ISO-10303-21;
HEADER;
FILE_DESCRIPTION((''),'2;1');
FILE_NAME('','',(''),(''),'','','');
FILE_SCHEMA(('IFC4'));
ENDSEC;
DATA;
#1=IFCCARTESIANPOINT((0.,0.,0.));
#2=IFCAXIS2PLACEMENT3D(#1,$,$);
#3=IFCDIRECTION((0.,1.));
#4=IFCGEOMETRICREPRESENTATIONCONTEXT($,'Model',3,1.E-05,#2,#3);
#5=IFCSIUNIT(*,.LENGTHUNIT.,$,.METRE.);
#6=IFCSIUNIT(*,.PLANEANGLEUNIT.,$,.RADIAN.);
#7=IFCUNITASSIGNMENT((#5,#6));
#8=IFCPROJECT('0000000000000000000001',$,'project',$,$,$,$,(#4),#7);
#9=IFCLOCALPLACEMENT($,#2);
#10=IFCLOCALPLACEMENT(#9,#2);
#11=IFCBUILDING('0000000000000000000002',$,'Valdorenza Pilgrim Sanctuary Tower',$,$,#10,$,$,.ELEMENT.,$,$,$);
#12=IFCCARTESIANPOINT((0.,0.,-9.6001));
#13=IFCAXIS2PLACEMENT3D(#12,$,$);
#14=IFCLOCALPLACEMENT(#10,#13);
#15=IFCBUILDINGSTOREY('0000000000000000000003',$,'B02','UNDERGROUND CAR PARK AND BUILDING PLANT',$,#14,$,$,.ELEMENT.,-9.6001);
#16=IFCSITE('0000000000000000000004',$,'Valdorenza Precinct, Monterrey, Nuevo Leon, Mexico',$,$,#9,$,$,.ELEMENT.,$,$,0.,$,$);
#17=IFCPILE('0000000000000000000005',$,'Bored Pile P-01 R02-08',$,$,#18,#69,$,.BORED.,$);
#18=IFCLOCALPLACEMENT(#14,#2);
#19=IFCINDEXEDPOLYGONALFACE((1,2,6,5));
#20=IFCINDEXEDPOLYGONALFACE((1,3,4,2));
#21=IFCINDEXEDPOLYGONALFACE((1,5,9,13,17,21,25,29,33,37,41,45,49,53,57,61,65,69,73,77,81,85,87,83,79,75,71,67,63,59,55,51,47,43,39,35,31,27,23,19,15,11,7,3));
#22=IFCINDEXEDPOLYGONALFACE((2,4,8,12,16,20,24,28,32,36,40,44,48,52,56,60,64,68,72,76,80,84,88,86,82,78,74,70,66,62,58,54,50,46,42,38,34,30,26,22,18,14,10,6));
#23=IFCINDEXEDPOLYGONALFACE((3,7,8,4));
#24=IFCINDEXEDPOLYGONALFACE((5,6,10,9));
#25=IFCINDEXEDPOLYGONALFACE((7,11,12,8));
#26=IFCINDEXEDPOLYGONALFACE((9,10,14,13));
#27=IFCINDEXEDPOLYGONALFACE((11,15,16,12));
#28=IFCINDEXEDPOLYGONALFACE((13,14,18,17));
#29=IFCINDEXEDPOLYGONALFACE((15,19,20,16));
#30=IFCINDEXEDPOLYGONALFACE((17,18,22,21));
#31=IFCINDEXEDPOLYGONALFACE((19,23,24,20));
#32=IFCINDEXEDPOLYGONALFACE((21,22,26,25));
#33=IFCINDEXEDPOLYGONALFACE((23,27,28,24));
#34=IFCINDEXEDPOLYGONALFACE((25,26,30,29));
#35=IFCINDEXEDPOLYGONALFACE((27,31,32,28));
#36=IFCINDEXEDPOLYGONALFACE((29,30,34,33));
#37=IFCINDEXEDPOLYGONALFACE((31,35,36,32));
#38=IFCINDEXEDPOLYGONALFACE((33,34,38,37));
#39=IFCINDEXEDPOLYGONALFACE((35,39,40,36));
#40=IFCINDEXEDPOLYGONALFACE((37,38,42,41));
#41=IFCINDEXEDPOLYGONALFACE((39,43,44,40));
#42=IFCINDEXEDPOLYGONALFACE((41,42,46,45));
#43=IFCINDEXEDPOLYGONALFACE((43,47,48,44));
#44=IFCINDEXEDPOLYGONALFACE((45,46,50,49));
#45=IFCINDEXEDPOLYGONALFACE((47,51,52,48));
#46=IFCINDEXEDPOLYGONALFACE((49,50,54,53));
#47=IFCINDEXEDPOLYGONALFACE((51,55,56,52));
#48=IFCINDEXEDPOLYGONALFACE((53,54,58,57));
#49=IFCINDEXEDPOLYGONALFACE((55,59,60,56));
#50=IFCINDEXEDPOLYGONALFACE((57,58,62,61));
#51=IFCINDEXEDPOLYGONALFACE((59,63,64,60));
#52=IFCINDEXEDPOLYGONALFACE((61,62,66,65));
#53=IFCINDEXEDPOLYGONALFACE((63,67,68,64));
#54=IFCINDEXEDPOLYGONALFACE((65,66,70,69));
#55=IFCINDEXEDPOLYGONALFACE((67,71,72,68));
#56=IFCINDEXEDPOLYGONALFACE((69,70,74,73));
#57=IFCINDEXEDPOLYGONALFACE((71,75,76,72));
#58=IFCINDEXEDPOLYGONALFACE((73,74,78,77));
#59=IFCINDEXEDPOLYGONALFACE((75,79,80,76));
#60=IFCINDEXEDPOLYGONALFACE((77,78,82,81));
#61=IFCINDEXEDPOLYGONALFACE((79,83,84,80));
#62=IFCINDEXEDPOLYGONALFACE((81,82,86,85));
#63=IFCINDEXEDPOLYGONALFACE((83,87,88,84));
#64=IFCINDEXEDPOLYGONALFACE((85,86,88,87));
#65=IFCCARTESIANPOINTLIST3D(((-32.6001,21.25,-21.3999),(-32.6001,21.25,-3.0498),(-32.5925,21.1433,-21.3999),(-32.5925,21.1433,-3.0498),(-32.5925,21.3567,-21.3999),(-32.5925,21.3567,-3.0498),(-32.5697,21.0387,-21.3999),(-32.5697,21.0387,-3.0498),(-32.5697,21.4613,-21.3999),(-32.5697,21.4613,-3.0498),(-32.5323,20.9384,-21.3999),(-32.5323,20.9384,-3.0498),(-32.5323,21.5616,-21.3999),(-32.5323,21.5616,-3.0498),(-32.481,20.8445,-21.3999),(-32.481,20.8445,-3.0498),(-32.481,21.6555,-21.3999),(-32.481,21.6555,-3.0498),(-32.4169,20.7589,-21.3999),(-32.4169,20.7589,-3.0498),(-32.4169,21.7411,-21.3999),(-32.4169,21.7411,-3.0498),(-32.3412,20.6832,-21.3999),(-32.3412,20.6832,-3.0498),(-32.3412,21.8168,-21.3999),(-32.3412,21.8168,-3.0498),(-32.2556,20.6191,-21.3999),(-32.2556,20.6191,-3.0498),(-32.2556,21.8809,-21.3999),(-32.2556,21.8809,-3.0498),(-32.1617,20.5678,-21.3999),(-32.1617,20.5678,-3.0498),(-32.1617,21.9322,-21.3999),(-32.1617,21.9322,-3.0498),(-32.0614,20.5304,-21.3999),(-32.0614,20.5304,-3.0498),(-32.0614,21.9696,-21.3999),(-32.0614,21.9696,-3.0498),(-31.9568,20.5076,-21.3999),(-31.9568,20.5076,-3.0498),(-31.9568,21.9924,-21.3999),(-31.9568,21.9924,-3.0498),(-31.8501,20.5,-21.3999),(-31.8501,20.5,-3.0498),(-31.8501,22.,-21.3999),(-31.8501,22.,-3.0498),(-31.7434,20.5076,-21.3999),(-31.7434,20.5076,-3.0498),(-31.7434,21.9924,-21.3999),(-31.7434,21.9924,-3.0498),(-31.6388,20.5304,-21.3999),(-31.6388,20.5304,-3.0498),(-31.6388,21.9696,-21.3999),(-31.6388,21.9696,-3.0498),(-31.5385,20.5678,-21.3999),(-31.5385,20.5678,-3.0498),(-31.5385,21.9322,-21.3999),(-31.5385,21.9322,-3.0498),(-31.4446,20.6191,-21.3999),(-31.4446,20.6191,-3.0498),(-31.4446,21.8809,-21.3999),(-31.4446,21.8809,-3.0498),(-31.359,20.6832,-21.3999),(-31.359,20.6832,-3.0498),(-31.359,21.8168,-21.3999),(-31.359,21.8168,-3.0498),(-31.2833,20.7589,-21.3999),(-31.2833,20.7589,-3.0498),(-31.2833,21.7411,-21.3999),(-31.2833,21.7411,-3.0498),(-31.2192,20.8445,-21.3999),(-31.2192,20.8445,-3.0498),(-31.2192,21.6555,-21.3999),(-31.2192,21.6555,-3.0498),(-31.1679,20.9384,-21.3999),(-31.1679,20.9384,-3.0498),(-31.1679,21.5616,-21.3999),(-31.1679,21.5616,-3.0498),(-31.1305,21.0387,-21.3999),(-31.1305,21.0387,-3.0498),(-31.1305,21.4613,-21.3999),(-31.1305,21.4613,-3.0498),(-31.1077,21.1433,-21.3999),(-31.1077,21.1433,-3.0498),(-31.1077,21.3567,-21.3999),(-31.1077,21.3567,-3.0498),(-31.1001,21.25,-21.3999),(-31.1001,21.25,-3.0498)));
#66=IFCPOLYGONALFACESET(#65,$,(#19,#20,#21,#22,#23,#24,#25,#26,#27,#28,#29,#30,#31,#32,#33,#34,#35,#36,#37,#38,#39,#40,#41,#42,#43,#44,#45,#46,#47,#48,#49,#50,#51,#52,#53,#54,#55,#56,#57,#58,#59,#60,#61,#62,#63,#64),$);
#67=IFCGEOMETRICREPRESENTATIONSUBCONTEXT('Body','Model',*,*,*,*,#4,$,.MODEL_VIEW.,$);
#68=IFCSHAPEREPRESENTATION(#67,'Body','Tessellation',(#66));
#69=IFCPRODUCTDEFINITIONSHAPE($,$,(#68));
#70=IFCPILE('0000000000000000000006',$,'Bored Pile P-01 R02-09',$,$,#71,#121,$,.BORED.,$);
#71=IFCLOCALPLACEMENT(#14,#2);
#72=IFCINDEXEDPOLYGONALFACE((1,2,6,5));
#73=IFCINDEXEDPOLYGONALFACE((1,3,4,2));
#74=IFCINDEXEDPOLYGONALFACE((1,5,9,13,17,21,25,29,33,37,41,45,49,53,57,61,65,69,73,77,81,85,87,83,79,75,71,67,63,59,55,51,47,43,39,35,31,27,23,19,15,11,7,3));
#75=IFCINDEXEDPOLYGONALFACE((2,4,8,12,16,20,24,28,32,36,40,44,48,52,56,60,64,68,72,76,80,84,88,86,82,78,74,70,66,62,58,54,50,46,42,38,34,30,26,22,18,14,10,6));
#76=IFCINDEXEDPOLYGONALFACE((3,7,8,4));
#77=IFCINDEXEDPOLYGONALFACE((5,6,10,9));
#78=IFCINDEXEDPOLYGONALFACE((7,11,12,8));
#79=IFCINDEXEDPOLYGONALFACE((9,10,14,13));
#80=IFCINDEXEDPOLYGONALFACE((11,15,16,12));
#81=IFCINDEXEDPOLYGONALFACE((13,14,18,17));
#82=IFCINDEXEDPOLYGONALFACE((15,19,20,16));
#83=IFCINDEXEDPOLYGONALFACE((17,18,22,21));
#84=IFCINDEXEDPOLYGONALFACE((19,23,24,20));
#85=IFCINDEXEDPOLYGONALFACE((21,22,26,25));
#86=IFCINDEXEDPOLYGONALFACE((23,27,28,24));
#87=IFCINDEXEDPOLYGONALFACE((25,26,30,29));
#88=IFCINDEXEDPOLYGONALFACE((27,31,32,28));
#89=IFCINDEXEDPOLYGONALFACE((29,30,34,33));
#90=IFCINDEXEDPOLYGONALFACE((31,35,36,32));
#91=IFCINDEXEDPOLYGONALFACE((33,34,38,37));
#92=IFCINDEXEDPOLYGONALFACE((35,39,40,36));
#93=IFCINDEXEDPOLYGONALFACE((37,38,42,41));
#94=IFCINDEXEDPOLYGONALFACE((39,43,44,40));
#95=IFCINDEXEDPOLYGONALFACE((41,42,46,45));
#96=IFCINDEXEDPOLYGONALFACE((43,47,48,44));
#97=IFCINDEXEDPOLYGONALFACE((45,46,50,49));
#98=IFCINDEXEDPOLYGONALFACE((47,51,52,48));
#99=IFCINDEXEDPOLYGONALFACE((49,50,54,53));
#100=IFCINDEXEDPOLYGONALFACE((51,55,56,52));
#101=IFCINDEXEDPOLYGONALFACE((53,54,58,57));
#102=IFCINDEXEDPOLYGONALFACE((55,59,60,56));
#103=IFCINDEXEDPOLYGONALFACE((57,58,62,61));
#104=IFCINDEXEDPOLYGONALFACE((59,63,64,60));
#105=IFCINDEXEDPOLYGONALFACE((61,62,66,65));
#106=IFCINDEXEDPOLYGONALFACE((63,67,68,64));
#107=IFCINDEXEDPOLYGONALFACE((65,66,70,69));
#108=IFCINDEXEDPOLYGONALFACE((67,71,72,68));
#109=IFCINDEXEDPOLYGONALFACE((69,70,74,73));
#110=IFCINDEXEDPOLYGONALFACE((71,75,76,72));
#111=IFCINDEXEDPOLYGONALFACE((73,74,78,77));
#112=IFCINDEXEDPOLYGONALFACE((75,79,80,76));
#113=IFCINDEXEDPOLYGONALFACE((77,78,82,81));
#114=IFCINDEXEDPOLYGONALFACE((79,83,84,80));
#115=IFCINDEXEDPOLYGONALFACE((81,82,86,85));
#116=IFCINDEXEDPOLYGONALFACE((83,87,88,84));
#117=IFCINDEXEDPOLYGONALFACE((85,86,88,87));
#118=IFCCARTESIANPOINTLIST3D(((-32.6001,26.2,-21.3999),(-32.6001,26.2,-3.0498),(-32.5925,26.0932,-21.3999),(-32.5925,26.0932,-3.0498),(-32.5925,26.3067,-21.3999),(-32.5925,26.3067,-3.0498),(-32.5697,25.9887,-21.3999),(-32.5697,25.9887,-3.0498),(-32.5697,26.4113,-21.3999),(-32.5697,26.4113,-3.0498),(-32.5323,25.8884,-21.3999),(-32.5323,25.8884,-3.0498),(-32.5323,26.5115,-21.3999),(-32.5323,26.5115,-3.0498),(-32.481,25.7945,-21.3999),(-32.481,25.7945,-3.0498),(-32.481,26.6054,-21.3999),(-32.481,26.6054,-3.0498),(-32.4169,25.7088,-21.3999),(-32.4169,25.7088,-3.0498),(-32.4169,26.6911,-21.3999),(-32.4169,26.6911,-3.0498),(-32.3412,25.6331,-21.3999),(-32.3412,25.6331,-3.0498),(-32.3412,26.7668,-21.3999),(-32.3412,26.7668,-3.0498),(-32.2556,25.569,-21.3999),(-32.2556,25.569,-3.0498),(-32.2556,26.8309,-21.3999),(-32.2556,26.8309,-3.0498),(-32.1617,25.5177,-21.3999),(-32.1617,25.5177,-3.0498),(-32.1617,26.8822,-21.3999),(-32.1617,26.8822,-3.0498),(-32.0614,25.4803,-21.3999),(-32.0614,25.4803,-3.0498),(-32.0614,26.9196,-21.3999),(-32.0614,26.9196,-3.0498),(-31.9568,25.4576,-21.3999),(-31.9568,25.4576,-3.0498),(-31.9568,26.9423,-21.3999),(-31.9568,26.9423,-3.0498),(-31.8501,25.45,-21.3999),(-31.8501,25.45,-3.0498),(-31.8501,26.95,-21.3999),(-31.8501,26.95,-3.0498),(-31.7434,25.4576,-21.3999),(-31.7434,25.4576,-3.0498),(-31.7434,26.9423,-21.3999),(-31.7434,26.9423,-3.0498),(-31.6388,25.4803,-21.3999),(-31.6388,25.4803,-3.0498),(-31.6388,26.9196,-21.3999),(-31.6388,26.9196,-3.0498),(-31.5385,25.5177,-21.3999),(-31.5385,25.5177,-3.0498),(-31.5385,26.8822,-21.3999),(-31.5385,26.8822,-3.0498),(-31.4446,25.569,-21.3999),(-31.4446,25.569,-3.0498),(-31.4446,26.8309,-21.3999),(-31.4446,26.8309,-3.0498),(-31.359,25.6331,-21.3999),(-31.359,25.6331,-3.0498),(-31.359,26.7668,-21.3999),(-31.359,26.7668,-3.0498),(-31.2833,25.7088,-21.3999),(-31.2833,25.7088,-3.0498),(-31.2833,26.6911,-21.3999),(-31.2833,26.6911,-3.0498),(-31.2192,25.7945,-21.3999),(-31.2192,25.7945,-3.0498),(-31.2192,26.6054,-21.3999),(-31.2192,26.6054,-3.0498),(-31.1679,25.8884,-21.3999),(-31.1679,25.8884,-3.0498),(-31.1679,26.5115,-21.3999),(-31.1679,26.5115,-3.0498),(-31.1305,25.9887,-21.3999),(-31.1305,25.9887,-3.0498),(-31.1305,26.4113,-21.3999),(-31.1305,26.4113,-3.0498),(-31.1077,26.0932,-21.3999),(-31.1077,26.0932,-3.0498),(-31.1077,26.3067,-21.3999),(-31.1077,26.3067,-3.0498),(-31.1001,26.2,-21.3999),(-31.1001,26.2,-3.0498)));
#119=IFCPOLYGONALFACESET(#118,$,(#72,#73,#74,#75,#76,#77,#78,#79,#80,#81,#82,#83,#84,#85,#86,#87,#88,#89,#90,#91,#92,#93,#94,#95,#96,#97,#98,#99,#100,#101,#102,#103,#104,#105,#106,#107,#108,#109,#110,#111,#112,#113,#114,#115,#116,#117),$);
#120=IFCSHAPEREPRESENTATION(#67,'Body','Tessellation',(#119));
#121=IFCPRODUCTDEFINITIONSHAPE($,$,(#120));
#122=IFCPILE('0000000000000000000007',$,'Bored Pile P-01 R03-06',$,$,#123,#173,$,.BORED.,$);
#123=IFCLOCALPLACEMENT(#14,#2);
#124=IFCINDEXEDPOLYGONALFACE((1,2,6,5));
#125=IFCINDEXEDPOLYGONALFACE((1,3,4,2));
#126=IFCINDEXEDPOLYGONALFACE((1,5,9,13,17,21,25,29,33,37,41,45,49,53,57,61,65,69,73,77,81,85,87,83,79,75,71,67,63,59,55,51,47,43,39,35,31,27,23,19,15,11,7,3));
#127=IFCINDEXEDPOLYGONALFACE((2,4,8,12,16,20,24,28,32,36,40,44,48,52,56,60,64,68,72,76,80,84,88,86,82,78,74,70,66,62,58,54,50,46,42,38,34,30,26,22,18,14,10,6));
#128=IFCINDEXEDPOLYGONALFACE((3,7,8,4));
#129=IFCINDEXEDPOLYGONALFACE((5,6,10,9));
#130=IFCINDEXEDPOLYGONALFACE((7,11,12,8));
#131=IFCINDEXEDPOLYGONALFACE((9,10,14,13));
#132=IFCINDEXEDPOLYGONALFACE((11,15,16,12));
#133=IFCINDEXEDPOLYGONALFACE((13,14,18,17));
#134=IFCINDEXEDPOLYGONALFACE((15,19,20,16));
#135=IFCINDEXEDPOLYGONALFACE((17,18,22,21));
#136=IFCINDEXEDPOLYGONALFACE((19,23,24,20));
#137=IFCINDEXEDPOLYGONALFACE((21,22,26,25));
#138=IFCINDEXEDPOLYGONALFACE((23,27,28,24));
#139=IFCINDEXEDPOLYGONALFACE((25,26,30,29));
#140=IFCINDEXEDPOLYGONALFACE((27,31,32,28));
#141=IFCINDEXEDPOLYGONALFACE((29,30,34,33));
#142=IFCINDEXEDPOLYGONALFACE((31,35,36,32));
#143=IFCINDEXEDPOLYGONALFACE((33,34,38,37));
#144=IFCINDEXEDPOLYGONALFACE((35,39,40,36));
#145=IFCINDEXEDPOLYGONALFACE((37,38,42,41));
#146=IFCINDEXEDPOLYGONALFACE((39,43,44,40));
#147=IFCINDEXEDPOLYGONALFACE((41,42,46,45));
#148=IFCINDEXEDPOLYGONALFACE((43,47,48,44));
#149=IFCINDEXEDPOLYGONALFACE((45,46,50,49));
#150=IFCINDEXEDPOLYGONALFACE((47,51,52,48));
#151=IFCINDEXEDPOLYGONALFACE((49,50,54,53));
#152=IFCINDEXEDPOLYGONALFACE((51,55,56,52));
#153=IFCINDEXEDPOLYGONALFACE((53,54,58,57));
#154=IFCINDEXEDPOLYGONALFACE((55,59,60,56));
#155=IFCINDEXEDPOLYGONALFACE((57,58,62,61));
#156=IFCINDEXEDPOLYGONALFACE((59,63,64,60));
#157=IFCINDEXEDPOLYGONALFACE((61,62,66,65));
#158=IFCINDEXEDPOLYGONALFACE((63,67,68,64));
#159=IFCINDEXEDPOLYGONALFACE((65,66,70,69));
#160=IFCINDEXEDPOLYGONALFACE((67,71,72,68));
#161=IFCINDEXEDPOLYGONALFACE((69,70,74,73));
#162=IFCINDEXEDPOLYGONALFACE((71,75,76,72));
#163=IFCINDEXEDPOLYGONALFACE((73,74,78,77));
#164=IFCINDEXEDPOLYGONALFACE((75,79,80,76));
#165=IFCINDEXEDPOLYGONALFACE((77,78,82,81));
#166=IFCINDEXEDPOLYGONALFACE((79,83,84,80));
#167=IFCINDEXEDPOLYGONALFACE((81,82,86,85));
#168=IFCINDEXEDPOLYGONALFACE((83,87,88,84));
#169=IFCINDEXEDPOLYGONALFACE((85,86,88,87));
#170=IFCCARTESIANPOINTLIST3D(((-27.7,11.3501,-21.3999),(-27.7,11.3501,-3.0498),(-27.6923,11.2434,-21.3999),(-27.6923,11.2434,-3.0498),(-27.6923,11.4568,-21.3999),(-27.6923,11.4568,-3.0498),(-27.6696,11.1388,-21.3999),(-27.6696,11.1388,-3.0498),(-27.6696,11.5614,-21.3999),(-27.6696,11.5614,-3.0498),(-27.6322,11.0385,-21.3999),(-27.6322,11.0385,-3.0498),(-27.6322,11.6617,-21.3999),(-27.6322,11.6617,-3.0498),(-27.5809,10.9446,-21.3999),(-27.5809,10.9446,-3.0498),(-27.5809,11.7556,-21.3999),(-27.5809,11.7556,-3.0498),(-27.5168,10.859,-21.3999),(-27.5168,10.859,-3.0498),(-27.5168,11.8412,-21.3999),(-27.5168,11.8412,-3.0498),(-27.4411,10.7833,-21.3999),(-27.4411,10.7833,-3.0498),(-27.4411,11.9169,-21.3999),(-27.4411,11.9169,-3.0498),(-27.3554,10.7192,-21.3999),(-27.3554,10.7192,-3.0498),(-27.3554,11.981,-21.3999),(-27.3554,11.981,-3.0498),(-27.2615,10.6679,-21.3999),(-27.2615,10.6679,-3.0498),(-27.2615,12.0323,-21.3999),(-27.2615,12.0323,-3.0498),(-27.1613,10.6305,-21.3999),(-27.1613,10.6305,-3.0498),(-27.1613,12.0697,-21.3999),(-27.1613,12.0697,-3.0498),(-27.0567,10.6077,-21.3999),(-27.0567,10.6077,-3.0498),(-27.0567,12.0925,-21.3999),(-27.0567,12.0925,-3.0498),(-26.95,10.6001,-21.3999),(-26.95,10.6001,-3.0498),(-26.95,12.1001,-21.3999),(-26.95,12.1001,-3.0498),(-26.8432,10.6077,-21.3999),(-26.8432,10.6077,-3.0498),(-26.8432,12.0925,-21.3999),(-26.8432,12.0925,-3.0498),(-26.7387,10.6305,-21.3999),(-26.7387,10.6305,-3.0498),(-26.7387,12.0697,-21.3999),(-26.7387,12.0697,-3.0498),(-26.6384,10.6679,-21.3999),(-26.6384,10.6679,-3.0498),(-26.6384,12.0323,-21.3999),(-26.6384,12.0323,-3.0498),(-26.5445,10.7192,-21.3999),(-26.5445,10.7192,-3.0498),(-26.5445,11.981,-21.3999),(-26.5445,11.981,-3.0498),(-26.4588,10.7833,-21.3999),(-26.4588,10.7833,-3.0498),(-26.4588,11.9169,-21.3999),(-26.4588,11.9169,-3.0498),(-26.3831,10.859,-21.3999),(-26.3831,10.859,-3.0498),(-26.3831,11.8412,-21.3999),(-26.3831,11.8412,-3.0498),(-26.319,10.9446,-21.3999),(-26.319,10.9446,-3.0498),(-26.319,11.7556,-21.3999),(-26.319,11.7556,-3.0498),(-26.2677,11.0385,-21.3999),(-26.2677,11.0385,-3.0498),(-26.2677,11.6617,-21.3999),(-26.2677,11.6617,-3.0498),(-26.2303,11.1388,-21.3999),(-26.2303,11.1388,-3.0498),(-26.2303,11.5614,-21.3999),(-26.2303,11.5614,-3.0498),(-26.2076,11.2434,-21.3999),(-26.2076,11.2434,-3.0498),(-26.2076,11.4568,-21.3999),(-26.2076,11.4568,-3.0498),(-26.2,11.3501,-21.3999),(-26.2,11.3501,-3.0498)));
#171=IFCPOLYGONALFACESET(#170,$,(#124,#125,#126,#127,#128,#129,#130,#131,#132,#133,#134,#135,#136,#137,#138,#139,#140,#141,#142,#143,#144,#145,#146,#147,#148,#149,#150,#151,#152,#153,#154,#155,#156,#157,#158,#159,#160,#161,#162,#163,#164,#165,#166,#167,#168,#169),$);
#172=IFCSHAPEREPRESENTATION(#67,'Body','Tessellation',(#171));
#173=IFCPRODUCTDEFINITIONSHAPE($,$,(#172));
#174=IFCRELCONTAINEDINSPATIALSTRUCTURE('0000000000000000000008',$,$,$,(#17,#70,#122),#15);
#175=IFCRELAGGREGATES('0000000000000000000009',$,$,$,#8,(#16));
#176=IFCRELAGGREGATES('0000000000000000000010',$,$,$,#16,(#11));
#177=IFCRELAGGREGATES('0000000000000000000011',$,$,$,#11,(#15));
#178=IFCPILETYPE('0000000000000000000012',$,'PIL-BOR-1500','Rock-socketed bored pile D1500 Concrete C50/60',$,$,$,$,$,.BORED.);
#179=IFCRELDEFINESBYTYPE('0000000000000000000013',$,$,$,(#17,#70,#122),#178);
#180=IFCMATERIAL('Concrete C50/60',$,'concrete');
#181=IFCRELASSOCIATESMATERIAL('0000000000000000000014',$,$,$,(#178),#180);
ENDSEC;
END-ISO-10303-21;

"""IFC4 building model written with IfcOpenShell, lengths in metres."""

from ifc_helpers import new_model, si_unit, direction, frame, origin, origin_2d, place, context, subcontext, project, spatial, circle, extrude, source, transform, mapped, material, material_profile, profile_set, type_object, element, save


model = new_model("IFC4")

# Units and contexts
model_context = context("Model", 3, precision=1e-05, world=origin(), true_north=direction((0.0, 1.0)))
body_context = subcontext(model_context, "Body", "Model", "MODEL_VIEW")
ifc_project = project(units=[si_unit("LENGTHUNIT", "METRE"), si_unit("PLANEANGLEUNIT", "RADIAN")], contexts=[model_context])

# Site, building, storey
site_placement = place(None, origin())
site = spatial("IfcSite", under=ifc_project, at=site_placement, Name="Valdorenza Precinct, Monterrey, Nuevo Leon, Mexico", CompositionType="ELEMENT", RefElevation=0.0)
building_placement = place(site_placement, origin())
building = spatial("IfcBuilding", under=site, at=building_placement, Name="Valdorenza Pilgrim Sanctuary Tower", CompositionType="ELEMENT")
storey_placement = place(building_placement, frame((0.0, 0.0, -9.6001)))
storey = spatial("IfcBuildingStorey", under=building, at=storey_placement, Name="B02", Description="UNDERGROUND CAR PARK AND BUILDING PLANT", CompositionType="ELEMENT", Elevation=-9.6001)

# Piles
ifc_material_1 = material(Name="Concrete C50/60", Category="concrete")
ifc_material_profile_1 = material_profile(ifc_material_1, circle(Radius=0.75, at=origin_2d()), Name="BORED PILE 1500")
ifc_profile_set_1 = profile_set([ifc_material_profile_1], Name="Concrete C50/60")
pile_type = type_object("IfcPileType", Name="PIL-BOR-1500", Description="Rock-socketed bored pile D1500 Concrete C50/60", PredefinedType="BORED", material=ifc_profile_set_1)
shared_shape_1 = source(origin(), body_context, "Body", "SweptSolid", [
    extrude(circle(Radius=0.75, at=origin_2d()), origin(), (0.0, 0.0, 1.0), 18.3501),
])
for number, where, z_axis, x_axis, name in (
    (1, (-31.8501, 21.25, -3.0498), (0.0, 0.0, -1.0), (1.0, 0.0, 0.0), "Bored Pile P-01 R02-08"),
    (2, (-31.8501, 26.2, -3.0498), (0.0, 0.0, -1.0), (1.0, 0.0, 0.0), "Bored Pile P-01 R02-09"),
    (3, (-26.95, 11.3501, -3.0498), (0.0, 0.0, -1.0), (1.0, 0.0, 0.0), "Bored Pile P-01 R03-06"),
):
    element("IfcPile", number, at=place(storey_placement, frame(where, z_axis=z_axis, x_axis=x_axis)), inside=storey, type_object=pile_type, Name=name, PredefinedType="BORED", context=body_context, shape_type="MappedRepresentation", body=[
        mapped(shared_shape_1, transform((0.0, 0.0, 0.0), x_axis=(1.0, 0.0, 0.0), y_axis=(0.0, 1.0, 0.0), z_axis=(0.0, 0.0, 1.0), scale=1.0)),
    ])

save(model, "model.ifc")
